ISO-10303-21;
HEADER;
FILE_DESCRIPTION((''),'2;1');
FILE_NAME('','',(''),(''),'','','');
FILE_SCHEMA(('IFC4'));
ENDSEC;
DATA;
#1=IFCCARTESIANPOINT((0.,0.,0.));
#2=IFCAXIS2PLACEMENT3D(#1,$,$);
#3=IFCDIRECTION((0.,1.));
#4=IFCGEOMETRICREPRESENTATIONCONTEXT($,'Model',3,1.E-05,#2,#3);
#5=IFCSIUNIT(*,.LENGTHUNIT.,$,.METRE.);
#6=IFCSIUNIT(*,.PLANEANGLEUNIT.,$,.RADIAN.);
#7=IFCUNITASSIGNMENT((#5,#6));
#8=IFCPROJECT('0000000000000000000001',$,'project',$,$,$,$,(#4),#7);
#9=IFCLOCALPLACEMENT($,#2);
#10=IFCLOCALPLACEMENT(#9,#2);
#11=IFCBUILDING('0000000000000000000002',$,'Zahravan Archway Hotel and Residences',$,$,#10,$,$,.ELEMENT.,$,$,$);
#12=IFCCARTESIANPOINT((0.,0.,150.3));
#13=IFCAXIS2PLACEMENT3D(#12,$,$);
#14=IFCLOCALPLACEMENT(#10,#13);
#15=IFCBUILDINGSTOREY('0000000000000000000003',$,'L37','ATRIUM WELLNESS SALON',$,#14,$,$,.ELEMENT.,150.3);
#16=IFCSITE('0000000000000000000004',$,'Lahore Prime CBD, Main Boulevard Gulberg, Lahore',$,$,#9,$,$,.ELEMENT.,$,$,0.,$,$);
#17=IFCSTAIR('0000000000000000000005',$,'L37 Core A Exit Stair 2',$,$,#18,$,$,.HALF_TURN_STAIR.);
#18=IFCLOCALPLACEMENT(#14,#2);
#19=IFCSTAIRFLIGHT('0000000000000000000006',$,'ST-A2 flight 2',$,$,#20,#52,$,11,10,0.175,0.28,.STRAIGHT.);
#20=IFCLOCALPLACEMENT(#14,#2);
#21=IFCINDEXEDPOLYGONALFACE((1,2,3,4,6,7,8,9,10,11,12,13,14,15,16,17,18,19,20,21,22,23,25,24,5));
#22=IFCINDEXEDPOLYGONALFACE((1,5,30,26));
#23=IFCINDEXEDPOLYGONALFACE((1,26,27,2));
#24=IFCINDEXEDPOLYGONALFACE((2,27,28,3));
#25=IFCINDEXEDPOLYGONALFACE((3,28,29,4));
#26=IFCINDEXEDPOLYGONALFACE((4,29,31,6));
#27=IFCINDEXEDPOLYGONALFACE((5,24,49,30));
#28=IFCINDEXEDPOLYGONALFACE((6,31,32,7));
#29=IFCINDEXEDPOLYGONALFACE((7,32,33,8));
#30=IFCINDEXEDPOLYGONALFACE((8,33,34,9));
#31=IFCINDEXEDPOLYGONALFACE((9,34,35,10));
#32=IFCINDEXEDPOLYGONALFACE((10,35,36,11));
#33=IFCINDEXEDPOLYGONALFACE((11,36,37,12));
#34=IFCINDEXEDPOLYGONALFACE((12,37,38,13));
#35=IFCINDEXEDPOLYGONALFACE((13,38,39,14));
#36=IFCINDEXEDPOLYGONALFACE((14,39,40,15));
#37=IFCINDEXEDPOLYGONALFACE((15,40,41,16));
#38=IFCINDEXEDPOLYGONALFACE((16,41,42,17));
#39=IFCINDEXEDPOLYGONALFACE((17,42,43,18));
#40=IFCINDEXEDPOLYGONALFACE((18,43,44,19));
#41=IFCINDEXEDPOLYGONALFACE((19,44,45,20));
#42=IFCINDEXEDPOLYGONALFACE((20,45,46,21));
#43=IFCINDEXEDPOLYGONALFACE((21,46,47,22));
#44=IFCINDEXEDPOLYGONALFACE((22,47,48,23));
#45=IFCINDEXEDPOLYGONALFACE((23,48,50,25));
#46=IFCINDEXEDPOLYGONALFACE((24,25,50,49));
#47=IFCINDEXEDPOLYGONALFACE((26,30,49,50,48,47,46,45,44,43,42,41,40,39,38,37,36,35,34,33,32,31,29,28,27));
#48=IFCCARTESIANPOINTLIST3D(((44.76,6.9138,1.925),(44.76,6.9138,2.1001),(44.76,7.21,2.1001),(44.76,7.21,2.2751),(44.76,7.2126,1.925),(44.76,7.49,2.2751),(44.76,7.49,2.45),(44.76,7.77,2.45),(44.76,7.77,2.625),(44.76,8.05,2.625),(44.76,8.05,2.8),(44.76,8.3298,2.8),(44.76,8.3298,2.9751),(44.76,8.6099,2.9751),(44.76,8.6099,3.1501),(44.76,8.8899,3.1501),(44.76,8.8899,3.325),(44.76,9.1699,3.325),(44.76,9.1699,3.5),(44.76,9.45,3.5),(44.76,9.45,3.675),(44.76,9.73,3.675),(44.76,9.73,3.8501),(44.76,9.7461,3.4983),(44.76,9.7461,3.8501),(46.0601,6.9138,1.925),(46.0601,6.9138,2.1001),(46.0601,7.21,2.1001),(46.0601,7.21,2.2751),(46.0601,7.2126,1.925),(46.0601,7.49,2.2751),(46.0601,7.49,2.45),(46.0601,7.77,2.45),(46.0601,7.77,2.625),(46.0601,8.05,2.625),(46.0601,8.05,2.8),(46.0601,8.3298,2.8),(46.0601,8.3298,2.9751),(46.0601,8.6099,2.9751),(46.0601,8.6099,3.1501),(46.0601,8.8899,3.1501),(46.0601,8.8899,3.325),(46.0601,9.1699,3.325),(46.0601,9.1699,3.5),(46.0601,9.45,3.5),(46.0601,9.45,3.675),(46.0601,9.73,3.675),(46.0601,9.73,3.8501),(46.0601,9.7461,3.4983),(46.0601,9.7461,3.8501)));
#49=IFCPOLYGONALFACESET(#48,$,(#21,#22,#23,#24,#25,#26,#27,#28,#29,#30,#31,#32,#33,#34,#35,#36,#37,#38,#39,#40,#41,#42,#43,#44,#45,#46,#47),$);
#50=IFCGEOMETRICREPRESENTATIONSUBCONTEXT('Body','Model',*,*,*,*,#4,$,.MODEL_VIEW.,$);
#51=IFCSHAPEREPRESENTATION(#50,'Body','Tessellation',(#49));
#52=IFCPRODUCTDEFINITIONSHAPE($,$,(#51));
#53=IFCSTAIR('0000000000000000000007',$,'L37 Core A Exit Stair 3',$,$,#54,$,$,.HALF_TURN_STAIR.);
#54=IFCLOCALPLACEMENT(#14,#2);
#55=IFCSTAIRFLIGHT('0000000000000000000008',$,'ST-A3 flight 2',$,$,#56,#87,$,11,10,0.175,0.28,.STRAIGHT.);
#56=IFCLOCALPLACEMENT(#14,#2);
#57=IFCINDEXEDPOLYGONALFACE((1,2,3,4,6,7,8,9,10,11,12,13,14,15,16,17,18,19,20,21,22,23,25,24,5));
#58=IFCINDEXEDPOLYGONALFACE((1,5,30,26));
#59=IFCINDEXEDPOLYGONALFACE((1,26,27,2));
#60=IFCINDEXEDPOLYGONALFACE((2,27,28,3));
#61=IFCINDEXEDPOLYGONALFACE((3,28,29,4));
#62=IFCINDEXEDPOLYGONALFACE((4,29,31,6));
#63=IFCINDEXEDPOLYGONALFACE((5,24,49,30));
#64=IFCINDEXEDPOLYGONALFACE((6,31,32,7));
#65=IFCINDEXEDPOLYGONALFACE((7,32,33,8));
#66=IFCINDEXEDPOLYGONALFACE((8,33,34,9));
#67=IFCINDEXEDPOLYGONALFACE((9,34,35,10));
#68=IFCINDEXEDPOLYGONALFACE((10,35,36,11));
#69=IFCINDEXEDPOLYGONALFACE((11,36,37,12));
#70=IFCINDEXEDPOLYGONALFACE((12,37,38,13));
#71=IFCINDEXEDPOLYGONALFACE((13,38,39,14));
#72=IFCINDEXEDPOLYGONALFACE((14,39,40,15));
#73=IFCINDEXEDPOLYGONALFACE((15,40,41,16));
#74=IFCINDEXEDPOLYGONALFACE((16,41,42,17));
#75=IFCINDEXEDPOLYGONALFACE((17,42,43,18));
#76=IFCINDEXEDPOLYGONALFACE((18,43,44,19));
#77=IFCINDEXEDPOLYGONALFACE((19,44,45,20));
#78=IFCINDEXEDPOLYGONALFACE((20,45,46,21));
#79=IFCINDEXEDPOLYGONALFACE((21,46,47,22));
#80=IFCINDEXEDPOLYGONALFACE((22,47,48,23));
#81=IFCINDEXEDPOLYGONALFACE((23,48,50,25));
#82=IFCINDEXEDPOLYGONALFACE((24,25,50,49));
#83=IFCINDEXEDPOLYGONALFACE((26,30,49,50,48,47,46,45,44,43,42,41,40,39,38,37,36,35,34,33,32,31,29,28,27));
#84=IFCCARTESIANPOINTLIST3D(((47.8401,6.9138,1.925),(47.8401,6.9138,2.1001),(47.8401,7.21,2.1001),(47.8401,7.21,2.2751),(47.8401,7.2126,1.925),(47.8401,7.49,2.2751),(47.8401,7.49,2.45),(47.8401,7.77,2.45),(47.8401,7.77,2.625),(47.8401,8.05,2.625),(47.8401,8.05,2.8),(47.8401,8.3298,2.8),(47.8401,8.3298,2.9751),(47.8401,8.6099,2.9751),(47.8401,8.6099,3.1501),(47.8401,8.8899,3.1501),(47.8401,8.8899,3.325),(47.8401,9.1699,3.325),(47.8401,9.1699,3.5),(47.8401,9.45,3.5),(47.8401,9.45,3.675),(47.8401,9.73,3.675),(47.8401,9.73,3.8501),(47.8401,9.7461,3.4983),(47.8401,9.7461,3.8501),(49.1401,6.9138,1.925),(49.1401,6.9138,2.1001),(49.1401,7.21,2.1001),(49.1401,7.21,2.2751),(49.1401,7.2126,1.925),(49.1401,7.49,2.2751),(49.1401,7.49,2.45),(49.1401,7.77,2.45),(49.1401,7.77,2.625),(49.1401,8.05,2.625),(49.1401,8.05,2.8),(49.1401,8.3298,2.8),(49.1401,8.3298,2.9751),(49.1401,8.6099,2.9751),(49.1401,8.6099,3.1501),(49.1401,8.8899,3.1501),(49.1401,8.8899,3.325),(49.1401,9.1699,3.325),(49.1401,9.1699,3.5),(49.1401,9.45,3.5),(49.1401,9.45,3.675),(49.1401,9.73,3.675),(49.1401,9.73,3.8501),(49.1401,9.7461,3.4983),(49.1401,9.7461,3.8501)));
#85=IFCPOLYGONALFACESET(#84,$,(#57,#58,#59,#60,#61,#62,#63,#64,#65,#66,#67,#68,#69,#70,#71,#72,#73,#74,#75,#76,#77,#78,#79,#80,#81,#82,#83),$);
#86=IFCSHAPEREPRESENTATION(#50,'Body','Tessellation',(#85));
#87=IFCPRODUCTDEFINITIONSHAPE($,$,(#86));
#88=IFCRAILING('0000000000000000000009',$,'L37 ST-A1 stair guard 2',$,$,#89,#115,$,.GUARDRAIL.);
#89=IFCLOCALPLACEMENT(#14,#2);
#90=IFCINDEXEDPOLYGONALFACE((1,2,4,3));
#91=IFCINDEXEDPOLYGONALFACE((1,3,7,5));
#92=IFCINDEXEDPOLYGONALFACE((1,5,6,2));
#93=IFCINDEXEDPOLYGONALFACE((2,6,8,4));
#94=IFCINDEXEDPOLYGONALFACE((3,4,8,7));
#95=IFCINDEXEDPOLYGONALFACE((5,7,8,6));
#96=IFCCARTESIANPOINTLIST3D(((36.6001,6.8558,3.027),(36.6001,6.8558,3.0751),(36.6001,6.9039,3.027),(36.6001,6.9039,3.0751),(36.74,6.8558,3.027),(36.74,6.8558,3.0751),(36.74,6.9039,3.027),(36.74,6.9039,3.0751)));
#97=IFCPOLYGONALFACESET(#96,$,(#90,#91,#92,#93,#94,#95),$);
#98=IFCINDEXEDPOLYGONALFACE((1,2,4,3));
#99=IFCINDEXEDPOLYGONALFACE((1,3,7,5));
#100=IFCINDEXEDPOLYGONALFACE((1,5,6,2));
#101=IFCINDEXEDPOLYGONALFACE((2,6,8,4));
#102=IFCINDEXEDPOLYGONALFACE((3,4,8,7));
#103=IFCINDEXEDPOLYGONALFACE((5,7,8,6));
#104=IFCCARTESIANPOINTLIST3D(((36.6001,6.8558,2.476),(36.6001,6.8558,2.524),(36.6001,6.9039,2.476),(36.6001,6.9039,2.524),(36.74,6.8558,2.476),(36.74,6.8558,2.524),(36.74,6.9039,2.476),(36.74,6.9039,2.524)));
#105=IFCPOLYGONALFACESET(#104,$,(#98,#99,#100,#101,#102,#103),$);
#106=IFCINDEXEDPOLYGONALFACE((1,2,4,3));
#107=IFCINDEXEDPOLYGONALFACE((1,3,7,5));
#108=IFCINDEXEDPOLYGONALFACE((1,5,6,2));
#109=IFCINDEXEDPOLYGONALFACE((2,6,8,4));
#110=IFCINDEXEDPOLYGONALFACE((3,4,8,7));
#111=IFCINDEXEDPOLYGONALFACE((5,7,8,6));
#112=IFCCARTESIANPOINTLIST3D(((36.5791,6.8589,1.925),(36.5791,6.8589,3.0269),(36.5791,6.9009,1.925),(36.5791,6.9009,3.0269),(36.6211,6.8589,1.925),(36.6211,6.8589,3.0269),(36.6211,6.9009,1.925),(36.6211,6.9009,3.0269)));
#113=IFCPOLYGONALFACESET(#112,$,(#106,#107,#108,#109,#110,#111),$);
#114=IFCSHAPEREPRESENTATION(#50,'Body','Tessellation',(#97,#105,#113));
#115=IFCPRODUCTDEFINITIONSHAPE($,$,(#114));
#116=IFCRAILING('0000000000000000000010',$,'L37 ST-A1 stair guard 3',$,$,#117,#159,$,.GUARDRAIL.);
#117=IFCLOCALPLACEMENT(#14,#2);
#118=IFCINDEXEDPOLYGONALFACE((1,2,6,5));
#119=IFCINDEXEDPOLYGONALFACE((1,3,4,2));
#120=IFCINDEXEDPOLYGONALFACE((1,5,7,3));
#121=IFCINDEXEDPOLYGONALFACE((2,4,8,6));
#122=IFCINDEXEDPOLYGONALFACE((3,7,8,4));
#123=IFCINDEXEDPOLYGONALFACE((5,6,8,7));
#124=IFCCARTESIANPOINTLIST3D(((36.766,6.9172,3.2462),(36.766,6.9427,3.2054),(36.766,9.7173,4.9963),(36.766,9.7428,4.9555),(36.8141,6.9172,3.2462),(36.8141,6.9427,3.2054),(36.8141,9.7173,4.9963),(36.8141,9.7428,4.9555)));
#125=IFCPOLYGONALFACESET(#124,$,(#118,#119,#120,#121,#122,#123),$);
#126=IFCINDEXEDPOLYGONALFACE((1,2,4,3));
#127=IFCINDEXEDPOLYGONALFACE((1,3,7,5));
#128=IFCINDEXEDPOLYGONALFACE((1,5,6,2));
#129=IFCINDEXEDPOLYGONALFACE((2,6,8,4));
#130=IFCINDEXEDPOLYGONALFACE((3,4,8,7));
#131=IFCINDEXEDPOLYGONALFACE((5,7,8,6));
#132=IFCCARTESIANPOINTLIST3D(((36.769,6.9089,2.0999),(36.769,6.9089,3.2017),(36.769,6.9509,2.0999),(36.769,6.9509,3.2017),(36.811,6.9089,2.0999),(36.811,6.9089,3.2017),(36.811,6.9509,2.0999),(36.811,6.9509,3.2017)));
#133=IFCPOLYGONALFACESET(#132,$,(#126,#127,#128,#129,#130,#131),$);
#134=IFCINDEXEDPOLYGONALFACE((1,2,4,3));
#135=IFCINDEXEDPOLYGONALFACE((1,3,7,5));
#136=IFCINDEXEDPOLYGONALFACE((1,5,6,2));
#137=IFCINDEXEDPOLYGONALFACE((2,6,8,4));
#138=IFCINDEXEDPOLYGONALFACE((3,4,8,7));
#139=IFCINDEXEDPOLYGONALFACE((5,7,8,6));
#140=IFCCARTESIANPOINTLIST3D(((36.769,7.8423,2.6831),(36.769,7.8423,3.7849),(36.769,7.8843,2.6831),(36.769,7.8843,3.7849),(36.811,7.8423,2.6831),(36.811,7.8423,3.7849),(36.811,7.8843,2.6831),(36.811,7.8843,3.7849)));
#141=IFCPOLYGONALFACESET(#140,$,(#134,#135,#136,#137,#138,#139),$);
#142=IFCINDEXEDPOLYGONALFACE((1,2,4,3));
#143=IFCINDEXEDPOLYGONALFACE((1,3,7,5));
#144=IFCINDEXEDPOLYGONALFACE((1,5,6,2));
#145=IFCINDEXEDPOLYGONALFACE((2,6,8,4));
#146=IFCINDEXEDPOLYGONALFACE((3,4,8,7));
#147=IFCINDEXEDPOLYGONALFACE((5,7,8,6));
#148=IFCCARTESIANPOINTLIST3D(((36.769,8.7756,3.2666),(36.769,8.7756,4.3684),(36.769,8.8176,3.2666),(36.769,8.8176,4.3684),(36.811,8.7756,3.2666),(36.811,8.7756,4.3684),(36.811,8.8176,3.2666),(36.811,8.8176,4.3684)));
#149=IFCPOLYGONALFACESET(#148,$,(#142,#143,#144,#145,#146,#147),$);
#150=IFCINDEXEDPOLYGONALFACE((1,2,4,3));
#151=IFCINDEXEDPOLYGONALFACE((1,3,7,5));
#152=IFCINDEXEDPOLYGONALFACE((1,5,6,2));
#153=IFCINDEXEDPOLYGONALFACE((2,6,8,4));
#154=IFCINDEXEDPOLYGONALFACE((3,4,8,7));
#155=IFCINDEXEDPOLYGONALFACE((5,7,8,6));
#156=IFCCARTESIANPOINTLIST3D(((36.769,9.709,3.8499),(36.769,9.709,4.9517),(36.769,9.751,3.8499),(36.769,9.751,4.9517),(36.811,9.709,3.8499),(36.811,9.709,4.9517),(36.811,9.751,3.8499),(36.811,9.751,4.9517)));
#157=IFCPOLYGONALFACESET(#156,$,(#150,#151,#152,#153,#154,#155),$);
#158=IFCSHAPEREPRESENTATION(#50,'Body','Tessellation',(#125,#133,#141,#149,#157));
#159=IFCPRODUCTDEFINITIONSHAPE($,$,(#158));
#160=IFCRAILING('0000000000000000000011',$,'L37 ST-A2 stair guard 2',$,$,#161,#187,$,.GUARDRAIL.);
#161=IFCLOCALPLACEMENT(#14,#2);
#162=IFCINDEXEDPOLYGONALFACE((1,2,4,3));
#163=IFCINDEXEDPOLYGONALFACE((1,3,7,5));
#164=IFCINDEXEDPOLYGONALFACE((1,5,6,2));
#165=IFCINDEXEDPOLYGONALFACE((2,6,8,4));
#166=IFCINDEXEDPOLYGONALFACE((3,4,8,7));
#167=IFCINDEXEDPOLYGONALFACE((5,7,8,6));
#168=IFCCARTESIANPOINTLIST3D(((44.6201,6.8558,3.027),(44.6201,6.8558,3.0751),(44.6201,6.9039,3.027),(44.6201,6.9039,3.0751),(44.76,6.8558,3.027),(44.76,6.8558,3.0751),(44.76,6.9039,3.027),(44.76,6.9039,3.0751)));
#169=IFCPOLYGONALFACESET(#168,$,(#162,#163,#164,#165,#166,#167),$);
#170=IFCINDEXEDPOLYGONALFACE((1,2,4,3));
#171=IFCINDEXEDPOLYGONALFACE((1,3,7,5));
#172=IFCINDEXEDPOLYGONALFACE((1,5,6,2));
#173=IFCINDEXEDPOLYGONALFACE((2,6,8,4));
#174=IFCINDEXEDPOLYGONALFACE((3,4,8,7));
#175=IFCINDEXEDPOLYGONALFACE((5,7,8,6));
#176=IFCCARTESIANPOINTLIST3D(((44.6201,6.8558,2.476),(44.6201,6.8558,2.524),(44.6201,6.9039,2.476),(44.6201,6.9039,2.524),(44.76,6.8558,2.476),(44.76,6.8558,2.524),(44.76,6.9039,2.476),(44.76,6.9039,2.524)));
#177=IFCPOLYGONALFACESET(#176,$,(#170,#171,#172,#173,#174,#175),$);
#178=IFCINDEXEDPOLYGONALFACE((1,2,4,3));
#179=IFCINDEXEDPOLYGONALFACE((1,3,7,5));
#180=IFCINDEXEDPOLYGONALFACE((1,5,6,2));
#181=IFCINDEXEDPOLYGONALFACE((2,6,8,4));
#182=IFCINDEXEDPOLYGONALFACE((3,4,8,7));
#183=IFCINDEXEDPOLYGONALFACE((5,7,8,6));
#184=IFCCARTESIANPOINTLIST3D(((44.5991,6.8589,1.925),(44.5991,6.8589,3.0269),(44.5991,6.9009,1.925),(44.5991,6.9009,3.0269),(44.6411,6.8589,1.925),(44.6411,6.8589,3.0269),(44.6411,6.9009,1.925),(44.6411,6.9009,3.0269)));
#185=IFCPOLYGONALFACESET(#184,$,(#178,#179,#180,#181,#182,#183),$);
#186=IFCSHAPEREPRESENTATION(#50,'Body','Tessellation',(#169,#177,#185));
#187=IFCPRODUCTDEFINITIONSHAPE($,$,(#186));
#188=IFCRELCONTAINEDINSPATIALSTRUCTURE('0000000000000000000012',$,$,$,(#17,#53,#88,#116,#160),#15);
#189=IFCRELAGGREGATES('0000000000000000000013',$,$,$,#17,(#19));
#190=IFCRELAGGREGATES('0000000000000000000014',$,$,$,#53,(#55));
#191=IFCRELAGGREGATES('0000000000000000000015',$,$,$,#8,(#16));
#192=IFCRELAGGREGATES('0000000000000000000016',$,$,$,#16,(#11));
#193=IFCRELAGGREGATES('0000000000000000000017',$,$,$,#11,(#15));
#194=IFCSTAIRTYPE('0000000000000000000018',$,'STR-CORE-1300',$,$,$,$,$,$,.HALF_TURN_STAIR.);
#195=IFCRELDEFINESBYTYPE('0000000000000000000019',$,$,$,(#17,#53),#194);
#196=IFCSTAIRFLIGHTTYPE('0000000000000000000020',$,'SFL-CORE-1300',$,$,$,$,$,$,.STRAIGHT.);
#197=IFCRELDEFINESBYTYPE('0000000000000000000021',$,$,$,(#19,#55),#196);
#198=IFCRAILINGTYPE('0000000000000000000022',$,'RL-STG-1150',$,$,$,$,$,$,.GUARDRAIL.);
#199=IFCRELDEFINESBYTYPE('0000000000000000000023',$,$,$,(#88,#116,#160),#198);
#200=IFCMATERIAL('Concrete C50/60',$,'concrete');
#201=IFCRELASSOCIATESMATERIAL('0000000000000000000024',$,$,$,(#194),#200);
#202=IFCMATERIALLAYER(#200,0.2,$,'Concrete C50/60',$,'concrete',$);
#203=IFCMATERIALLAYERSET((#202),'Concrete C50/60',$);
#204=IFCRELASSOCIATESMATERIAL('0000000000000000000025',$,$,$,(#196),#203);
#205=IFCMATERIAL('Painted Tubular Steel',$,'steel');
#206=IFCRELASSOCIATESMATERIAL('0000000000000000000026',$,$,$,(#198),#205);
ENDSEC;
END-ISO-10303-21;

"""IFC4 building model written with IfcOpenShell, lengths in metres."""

from ifc_helpers import new_model, si_unit, direction, frame, origin, origin_2d, place, context, subcontext, project, spatial, polyline, rectangle, outline, extrude, source, transform, mapped, material, layer, layer_set, type_object, element, aggregate, save


model = new_model("IFC4")

# Units and contexts
model_context = context("Model", 3, precision=1e-05, world=origin(), true_north=direction((0.0, 1.0)))
body_context = subcontext(model_context, "Body", "Model", "MODEL_VIEW")
ifc_project = project(units=[si_unit("LENGTHUNIT", "METRE"), si_unit("PLANEANGLEUNIT", "RADIAN")], contexts=[model_context])

# Site, building, storey
site_placement = place(None, origin())
site = spatial("IfcSite", under=ifc_project, at=site_placement, Name="Lahore Prime CBD, Main Boulevard Gulberg, Lahore", CompositionType="ELEMENT", RefElevation=0.0)
building_placement = place(site_placement, origin())
building = spatial("IfcBuilding", under=site, at=building_placement, Name="Zahravan Archway Hotel and Residences", CompositionType="ELEMENT")
storey_placement = place(building_placement, frame((0.0, 0.0, 150.3)))
storey = spatial("IfcBuildingStorey", under=building, at=storey_placement, Name="L37", Description="ATRIUM WELLNESS SALON", CompositionType="ELEMENT", Elevation=150.3)

# Shared definitions
ifc_material_1 = material(Name="Concrete C50/60", Category="concrete")

# Stairs, stair flights
stair_type = type_object("IfcStairType", Name="STR-CORE-1300", PredefinedType="HALF_TURN_STAIR", material=ifc_material_1)
ifc_layer_1 = layer(ifc_material_1, 0.2, Name="Concrete C50/60", Category="concrete")
ifc_layer_set_1 = layer_set([ifc_layer_1], Name="Concrete C50/60")
stair_flight_type = type_object("IfcStairFlightType", Name="SFL-CORE-1300", PredefinedType="STRAIGHT", material=ifc_layer_set_1)
shared_shape_1 = source(origin(), body_context, "Body", "SweptSolid", [
    extrude(outline(polyline([(-0.0161, 0.0), (-0.0161, 0.175), (0.28, 0.175), (0.28, 0.3501), (0.5601, 0.3501), (0.5601, 0.5249), (0.8401, 0.5249), (0.8401, 0.7), (1.1201, 0.7), (1.1201, 0.875), (1.3999, 0.875), (1.3999, 1.05), (1.6799, 1.05), (1.6799, 1.2251), (1.96, 1.2251), (1.96, 1.3999), (2.24, 1.3999), (2.24, 1.575), (2.52, 1.575), (2.52, 1.75), (2.8, 1.75), (2.8, 1.925), (2.8162, 1.925), (2.8162, 1.5732), (0.2827, 0.0), (-0.0161, 0.0)])), frame((0.0, 0.6499, 0.0), z_axis=(0.0, -1.0, 0.0), x_axis=(1.0, 0.0, 0.0)), (0.0, 0.0, 1.0), 1.3),
])
stair_1_placement = place(storey_placement, origin())
stair_1 = element("IfcStair", 1, at=stair_1_placement, inside=storey, type_object=stair_type, Name="L37 Core A Exit Stair 2", PredefinedType="HALF_TURN_STAIR")
stair_flight_1_placement = place(storey_placement, frame((45.4099, 6.9299, 1.925), z_axis=(0.0, 0.0, 1.0), x_axis=(0.0, 1.0, 0.0)))
stair_flight_1 = element("IfcStairFlight", 2, at=stair_flight_1_placement, type_object=stair_flight_type, Name="ST-A2 flight 2", NumberOfRisers=11, NumberOfTreads=10, PredefinedType="STRAIGHT", RiserHeight=0.175, TreadLength=0.28, context=body_context, shape_type="MappedRepresentation", body=[
    mapped(shared_shape_1, transform((0.0, 0.0, 0.0), scale=1.0)),
])
aggregate(stair_1, [stair_flight_1])
stair_2_placement = place(storey_placement, origin())
stair_2 = element("IfcStair", 3, at=stair_2_placement, inside=storey, type_object=stair_type, Name="L37 Core A Exit Stair 3", PredefinedType="HALF_TURN_STAIR")
stair_flight_2_placement = place(storey_placement, frame((48.49, 6.9299, 1.925), z_axis=(0.0, 0.0, 1.0), x_axis=(0.0, 1.0, 0.0)))
stair_flight_2 = element("IfcStairFlight", 4, at=stair_flight_2_placement, type_object=stair_flight_type, Name="ST-A3 flight 2", NumberOfRisers=11, NumberOfTreads=10, PredefinedType="STRAIGHT", RiserHeight=0.175, TreadLength=0.28, context=body_context, shape_type="MappedRepresentation", body=[
    mapped(shared_shape_1, transform((0.0, 0.0, 0.0), scale=1.0)),
])
aggregate(stair_2, [stair_flight_2])

# Railings
ifc_material_2 = material(Name="Painted Tubular Steel", Category="steel")
railing_type_1 = type_object("IfcRailingType", Name="RL-STG-1150", PredefinedType="GUARDRAIL", material=ifc_material_2)
railing_1_placement = place(storey_placement, frame((36.6001, 6.8799, 1.925)))
element("IfcRailing", 5, at=railing_1_placement, inside=storey, type_object=railing_type_1, Name="L37 ST-A1 stair guard 2", PredefinedType="GUARDRAIL", context=body_context, shape_type="SweptSolid", body=[
    extrude(rectangle(XDim=0.0481, YDim=0.0481, at=origin_2d()), frame((0.0, 0.0, 1.126), z_axis=(1.0, 0.0, 0.0), x_axis=(0.0, 1.0, 0.0)), (0.0, 0.0, 1.0), 0.1399),
    extrude(rectangle(XDim=0.0481, YDim=0.0481, at=origin_2d()), frame((0.0, 0.0, 0.575), z_axis=(1.0, 0.0, 0.0), x_axis=(0.0, 1.0, 0.0)), (0.0, 0.0, 1.0), 0.1399),
    extrude(rectangle(XDim=0.042, YDim=0.042, at=origin_2d()), origin(), (0.0, 0.0, 1.0), 1.1018),
])
railing_2_placement = place(storey_placement, frame((36.79, 6.9299, 2.0999)))
element("IfcRailing", 6, at=railing_2_placement, inside=storey, type_object=railing_type_1, Name="L37 ST-A1 stair guard 3", PredefinedType="GUARDRAIL", context=body_context, shape_type="SweptSolid", body=[
    extrude(rectangle(XDim=0.0481, YDim=0.0481, at=origin_2d()), frame((0.0, 0.0, 1.126), z_axis=(0.0, 0.848002, 0.529992), x_axis=(-1.0, 0.0, 0.0)), (0.0, 0.0, 1.0), 3.302),
    extrude(rectangle(XDim=0.042, YDim=0.042, at=origin_2d()), origin(), (0.0, 0.0, 1.0), 1.1018),
    extrude(rectangle(XDim=0.042, YDim=0.042, at=origin_2d()), frame((0.0, 0.9333, 0.5833)), (0.0, 0.0, 1.0), 1.1018),
    extrude(rectangle(XDim=0.042, YDim=0.042, at=origin_2d()), frame((0.0, 1.8667, 1.1667)), (0.0, 0.0, 1.0), 1.1018),
    extrude(rectangle(XDim=0.042, YDim=0.042, at=origin_2d()), frame((0.0, 2.8, 1.75)), (0.0, 0.0, 1.0), 1.1018),
])
railing_3_placement = place(storey_placement, frame((44.6201, 6.8799, 1.925)))
element("IfcRailing", 7, at=railing_3_placement, inside=storey, type_object=railing_type_1, Name="L37 ST-A2 stair guard 2", PredefinedType="GUARDRAIL", context=body_context, shape_type="SweptSolid", body=[
    extrude(rectangle(XDim=0.0481, YDim=0.0481, at=origin_2d()), frame((0.0, 0.0, 1.126), z_axis=(1.0, 0.0, 0.0), x_axis=(0.0, 1.0, 0.0)), (0.0, 0.0, 1.0), 0.1399),
    extrude(rectangle(XDim=0.0481, YDim=0.0481, at=origin_2d()), frame((0.0, 0.0, 0.575), z_axis=(1.0, 0.0, 0.0), x_axis=(0.0, 1.0, 0.0)), (0.0, 0.0, 1.0), 0.1399),
    extrude(rectangle(XDim=0.042, YDim=0.042, at=origin_2d()), origin(), (0.0, 0.0, 1.0), 1.1018),
])

save(model, "model.ifc")
